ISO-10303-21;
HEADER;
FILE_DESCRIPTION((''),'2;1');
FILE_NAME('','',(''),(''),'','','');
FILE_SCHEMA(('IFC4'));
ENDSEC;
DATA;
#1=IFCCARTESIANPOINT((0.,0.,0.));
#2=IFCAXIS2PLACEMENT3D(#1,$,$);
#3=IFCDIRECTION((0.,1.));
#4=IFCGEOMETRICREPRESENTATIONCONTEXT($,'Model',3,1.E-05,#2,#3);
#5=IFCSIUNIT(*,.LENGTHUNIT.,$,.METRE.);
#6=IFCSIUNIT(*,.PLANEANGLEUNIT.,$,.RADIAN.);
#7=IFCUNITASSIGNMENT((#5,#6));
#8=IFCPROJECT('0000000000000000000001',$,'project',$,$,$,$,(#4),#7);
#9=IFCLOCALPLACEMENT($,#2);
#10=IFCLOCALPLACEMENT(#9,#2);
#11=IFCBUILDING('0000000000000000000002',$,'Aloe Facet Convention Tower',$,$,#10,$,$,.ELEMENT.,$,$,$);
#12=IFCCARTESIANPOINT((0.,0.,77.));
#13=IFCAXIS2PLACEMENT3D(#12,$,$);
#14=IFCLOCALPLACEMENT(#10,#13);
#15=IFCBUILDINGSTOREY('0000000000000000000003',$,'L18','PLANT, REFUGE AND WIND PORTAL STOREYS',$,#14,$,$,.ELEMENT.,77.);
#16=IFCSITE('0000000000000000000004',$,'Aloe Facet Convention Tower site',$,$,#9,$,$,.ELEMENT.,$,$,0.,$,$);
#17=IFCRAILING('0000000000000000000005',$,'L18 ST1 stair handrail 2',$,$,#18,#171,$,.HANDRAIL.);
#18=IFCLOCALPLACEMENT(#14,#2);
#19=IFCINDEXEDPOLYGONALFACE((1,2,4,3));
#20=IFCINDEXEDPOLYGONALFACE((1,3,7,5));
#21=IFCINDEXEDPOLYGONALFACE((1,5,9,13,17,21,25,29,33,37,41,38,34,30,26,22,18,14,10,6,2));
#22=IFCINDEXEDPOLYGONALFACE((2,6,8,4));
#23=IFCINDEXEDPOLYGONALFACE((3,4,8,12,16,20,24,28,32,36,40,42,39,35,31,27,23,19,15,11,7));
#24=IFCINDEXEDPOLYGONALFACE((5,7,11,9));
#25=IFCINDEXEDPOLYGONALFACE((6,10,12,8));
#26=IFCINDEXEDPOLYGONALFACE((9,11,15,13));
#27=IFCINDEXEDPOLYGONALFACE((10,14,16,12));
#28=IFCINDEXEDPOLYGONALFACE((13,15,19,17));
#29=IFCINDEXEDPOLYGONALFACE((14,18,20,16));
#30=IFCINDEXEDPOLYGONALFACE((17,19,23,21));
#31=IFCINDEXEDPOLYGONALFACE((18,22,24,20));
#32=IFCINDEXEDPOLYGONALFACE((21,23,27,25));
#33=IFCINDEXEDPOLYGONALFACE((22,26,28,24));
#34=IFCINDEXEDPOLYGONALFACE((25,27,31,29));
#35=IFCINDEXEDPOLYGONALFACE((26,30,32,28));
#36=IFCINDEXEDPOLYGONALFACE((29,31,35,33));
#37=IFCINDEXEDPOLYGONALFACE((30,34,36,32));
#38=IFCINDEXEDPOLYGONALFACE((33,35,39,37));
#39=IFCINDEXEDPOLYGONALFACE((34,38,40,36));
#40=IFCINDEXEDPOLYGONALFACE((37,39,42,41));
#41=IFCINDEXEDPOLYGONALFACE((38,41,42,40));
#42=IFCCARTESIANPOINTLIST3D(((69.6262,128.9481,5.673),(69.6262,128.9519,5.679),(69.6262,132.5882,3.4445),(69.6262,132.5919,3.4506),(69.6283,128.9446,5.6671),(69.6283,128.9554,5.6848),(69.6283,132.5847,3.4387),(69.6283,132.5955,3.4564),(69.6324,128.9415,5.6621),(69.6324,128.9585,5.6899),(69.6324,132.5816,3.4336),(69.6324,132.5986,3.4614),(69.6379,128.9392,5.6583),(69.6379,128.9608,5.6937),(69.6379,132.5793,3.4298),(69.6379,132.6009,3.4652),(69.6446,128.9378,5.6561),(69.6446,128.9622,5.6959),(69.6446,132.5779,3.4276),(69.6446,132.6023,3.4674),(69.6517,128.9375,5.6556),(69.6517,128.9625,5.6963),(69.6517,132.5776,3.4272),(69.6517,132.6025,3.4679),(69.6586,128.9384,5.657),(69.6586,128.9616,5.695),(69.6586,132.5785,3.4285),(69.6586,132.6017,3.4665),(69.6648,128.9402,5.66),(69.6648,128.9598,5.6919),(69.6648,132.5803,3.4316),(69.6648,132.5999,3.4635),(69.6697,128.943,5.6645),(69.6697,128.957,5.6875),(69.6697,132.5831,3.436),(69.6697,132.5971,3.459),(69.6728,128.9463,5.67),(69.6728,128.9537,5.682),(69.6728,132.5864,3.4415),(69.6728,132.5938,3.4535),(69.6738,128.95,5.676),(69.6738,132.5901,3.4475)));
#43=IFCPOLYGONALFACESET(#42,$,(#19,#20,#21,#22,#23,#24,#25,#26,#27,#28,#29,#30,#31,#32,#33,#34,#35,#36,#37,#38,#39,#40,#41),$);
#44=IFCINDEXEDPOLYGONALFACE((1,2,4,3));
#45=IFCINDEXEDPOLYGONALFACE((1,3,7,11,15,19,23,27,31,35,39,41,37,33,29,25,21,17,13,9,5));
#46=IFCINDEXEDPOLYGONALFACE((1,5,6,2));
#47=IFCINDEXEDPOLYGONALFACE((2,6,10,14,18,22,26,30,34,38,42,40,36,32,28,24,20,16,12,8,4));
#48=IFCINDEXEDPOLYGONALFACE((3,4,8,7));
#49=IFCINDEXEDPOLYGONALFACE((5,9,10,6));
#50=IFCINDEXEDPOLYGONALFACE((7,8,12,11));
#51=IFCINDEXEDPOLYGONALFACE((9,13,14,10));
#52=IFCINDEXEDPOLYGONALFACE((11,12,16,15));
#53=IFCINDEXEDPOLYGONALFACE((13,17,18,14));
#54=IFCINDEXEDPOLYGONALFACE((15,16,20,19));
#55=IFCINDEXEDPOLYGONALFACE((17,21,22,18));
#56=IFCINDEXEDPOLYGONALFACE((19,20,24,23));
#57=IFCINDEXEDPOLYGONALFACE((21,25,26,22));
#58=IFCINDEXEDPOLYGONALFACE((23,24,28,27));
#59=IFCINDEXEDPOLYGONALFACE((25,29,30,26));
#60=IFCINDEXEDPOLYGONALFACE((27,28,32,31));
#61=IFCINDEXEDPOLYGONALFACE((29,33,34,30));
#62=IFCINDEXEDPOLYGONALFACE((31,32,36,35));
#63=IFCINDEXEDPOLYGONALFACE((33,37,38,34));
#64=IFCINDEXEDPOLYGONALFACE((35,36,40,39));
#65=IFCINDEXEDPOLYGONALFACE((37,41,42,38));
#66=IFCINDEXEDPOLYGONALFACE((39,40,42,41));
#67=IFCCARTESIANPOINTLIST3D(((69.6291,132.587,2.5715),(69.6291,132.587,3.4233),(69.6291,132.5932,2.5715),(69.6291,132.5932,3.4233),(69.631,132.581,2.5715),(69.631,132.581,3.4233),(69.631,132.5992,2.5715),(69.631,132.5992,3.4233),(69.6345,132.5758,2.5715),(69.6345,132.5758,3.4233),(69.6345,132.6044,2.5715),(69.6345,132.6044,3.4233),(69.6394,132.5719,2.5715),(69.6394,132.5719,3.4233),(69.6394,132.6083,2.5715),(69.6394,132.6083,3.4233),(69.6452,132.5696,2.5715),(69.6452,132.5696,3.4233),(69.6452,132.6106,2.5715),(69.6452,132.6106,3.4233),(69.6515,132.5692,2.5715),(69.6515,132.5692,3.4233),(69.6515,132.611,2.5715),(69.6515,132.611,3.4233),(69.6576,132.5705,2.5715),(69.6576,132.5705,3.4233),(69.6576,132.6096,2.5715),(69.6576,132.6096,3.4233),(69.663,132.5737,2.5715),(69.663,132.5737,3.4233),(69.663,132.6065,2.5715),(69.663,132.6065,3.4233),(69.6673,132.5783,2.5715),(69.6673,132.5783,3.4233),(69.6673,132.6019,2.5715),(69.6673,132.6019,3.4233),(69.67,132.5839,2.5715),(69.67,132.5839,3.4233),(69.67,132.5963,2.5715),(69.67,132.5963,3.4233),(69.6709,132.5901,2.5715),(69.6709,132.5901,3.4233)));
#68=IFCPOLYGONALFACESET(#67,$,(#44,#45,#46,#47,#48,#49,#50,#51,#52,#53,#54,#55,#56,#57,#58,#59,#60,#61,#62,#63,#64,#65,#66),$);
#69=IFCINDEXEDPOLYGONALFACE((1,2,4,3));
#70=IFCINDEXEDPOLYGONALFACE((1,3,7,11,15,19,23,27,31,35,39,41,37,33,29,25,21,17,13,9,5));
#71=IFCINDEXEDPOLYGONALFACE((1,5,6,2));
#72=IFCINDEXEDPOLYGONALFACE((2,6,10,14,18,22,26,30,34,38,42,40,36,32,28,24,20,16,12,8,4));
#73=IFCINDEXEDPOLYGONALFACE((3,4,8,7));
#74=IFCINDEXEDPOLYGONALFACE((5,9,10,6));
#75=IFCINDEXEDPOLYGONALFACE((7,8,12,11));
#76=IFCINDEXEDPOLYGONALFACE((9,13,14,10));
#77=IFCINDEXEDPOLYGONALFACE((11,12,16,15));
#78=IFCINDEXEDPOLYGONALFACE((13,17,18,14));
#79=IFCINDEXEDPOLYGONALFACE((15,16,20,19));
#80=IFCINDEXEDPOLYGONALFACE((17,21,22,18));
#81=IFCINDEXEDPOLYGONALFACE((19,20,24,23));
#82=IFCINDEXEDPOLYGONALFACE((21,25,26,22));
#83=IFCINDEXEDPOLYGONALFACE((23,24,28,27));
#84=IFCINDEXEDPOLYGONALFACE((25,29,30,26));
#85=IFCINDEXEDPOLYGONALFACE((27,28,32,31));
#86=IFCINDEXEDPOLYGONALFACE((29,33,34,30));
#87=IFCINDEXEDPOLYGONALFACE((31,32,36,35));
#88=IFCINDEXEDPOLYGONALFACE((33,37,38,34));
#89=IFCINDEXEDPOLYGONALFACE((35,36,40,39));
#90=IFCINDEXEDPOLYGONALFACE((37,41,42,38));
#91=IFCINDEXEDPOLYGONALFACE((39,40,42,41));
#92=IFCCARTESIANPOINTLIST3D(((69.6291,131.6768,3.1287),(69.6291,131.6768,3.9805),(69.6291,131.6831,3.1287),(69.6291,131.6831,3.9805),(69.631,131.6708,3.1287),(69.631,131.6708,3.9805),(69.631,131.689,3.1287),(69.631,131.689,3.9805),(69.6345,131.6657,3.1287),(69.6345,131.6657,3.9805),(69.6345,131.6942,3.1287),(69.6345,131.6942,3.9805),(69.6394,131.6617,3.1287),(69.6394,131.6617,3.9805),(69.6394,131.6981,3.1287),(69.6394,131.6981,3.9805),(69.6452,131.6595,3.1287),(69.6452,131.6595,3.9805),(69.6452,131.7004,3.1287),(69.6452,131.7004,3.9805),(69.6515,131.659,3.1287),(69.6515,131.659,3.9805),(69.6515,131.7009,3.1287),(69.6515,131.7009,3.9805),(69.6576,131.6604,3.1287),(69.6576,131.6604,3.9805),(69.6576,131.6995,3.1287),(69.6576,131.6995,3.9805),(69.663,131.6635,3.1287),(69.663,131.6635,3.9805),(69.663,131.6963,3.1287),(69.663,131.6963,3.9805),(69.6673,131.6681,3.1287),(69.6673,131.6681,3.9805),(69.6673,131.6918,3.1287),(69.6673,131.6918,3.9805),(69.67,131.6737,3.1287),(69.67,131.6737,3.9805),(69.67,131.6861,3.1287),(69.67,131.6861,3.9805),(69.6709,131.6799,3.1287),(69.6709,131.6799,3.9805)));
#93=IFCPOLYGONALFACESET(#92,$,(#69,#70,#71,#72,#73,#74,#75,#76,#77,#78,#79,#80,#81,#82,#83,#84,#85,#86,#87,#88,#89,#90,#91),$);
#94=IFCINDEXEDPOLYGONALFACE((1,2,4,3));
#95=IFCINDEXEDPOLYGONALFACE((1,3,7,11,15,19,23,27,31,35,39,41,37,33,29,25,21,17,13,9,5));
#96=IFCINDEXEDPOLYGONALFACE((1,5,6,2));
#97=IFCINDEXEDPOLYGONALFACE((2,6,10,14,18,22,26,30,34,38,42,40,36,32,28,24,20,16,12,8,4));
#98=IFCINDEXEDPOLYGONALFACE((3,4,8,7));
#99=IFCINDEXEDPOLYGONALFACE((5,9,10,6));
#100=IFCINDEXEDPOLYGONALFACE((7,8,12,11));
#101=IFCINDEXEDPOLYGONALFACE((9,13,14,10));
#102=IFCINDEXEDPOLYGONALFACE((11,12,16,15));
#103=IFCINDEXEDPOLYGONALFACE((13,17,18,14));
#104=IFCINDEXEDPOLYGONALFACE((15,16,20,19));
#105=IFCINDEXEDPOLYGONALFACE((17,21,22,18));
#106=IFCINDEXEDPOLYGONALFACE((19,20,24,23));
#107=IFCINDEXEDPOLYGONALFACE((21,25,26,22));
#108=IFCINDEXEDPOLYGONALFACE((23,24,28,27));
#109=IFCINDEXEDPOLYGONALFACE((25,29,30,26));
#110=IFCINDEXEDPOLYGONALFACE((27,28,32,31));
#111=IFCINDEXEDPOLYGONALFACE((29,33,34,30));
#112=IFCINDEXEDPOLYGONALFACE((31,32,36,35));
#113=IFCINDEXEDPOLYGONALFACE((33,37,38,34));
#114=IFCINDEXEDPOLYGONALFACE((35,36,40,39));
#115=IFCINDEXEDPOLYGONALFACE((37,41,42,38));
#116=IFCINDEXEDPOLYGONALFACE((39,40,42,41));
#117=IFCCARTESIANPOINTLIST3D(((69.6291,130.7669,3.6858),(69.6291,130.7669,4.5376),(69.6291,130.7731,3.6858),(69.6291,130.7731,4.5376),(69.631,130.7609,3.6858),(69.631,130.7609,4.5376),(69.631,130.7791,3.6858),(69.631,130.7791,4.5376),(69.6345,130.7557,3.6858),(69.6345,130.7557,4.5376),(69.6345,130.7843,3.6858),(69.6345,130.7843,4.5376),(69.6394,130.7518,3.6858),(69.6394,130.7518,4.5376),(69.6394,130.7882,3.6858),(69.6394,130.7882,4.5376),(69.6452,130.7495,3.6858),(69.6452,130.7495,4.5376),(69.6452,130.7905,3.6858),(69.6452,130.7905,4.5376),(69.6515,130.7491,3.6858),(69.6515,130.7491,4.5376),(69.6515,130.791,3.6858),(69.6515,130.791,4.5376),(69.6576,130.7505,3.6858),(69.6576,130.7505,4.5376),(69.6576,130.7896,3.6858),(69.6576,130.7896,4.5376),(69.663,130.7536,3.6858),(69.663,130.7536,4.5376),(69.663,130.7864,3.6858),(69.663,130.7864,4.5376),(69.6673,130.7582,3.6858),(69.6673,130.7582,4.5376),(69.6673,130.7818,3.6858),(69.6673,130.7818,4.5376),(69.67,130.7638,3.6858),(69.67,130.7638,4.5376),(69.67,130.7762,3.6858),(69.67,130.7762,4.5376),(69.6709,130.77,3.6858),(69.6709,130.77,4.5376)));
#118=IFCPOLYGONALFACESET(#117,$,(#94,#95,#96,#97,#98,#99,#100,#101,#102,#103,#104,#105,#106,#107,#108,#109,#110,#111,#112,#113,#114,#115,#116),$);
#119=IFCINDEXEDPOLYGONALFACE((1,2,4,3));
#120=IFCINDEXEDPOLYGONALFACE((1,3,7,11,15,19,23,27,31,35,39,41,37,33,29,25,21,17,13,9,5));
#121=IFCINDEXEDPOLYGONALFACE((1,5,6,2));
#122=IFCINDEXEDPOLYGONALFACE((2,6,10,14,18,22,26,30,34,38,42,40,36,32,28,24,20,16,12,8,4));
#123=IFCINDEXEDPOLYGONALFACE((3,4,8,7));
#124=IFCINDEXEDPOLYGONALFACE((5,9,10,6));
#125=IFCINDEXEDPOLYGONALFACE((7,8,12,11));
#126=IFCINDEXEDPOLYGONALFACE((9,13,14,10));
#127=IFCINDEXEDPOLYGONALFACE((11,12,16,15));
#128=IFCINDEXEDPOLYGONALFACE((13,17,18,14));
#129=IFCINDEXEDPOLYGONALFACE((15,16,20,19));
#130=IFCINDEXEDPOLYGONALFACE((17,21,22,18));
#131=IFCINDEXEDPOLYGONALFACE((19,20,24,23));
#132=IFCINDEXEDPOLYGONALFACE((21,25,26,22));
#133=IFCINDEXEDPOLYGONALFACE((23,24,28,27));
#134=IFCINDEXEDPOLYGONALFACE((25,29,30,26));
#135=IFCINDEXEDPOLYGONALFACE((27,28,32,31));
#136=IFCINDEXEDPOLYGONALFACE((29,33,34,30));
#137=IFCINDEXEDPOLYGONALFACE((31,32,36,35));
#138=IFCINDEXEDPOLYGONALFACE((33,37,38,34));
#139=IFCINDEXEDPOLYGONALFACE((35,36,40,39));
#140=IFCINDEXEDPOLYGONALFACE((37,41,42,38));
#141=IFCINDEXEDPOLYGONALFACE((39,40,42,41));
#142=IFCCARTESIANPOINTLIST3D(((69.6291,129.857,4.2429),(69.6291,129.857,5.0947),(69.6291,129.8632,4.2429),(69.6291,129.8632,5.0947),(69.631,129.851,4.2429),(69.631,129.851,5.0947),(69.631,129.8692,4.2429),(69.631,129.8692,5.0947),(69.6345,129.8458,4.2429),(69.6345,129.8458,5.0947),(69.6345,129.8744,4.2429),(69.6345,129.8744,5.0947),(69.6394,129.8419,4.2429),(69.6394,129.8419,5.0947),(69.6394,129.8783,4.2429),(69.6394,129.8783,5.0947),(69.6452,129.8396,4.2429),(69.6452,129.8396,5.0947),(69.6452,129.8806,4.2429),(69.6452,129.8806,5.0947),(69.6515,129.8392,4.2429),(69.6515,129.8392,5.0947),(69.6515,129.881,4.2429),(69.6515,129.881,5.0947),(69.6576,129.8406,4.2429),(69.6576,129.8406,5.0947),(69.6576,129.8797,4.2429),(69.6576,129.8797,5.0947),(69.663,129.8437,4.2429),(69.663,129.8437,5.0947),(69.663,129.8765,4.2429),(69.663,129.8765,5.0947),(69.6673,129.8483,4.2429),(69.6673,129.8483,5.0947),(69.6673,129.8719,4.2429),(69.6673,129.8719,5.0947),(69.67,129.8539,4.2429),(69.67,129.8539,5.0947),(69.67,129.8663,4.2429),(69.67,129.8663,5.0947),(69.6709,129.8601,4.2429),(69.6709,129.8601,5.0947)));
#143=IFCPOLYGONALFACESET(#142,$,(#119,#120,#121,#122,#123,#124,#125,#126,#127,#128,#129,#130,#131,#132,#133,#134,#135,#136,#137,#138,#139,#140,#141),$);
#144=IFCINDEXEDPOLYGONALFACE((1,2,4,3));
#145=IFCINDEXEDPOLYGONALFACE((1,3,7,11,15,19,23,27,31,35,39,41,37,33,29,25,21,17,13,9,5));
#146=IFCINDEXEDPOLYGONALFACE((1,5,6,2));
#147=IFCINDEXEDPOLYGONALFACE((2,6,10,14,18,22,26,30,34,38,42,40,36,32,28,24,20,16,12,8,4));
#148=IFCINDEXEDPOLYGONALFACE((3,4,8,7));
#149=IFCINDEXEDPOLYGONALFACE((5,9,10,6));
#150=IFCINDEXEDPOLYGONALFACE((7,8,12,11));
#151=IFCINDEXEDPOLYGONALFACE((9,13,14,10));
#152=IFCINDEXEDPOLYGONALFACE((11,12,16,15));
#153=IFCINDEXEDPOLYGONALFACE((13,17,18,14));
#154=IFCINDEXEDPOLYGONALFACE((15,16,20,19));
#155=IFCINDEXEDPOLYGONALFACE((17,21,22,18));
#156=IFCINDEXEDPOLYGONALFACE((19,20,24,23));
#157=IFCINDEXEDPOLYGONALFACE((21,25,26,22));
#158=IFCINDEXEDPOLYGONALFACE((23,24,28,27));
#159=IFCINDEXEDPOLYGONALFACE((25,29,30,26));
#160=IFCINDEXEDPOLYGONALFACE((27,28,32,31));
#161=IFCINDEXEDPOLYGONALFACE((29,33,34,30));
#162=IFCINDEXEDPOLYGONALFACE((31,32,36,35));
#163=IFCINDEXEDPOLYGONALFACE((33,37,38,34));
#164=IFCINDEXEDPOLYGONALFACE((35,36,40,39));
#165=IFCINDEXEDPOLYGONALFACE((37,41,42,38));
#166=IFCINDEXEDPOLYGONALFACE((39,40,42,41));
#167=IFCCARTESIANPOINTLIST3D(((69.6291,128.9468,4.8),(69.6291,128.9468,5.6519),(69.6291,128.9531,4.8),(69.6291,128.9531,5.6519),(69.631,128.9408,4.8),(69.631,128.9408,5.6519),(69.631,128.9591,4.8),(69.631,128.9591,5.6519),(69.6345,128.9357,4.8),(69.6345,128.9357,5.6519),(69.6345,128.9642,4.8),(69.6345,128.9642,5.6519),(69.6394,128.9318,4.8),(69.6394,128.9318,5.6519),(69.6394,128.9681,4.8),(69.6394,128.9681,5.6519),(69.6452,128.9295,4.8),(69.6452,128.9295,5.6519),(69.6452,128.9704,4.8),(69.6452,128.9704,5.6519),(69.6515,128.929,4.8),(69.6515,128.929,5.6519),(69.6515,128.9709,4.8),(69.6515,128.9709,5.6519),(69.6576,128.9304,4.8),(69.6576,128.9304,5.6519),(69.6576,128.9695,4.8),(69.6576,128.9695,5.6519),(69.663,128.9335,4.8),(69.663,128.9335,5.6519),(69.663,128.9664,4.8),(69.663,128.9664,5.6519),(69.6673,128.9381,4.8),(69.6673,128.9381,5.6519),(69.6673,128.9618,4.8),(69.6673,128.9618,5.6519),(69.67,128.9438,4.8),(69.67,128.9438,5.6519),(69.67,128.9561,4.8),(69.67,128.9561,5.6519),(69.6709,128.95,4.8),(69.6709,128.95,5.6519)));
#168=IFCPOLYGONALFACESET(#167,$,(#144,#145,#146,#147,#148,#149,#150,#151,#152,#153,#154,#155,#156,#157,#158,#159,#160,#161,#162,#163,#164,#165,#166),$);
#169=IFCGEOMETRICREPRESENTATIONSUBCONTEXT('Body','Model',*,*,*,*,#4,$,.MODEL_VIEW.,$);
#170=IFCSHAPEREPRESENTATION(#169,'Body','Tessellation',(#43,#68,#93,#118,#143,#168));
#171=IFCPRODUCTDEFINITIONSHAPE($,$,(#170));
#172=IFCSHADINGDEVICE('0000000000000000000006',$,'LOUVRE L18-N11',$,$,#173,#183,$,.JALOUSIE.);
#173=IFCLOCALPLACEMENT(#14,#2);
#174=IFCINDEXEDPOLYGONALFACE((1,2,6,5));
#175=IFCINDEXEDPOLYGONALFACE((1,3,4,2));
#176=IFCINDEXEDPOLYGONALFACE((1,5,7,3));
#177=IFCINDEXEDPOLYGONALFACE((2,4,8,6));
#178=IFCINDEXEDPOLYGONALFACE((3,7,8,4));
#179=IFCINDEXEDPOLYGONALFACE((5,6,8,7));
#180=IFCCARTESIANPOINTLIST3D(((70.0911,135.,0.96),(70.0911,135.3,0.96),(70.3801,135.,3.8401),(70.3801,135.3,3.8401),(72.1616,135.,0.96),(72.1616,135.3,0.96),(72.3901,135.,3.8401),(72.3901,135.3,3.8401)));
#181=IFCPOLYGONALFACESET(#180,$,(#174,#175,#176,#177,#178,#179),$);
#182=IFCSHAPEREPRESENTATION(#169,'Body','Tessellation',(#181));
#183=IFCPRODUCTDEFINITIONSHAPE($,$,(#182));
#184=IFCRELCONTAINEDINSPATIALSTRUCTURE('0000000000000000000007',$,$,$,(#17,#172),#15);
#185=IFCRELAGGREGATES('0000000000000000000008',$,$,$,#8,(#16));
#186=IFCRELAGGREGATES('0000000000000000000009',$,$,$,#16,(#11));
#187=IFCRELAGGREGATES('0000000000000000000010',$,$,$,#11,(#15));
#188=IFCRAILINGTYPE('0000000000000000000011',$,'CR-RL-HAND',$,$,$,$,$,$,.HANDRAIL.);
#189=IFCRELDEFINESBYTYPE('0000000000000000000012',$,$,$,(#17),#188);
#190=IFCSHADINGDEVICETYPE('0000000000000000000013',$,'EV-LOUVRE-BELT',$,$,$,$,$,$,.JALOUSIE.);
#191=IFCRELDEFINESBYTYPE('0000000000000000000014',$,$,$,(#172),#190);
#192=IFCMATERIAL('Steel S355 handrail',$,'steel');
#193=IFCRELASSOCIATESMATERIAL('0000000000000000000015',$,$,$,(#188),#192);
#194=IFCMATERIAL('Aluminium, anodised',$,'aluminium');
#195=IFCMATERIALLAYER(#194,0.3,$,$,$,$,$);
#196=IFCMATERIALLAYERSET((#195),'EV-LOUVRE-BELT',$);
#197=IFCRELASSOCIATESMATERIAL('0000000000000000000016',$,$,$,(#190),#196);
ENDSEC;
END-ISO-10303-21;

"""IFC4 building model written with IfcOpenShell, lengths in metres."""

from ifc_helpers import new_model, si_unit, direction, frame, origin, origin_2d, place, context, subcontext, project, spatial, polyline, circle, outline, extrude, material, layer, layer_set, type_object, element, save


model = new_model("IFC4")

# Units and contexts
model_context = context("Model", 3, precision=1e-05, world=origin(), true_north=direction((0.0, 1.0)))
body_context = subcontext(model_context, "Body", "Model", "MODEL_VIEW")
ifc_project = project(units=[si_unit("LENGTHUNIT", "METRE"), si_unit("PLANEANGLEUNIT", "RADIAN")], contexts=[model_context])

# Site, building, storey
site_placement = place(None, origin())
site = spatial("IfcSite", under=ifc_project, at=site_placement, Name="Aloe Facet Convention Tower site", CompositionType="ELEMENT", RefElevation=0.0)
building_placement = place(site_placement, origin())
building = spatial("IfcBuilding", under=site, at=building_placement, Name="Aloe Facet Convention Tower", CompositionType="ELEMENT")
storey_placement = place(building_placement, frame((0.0, 0.0, 77.0)))
storey = spatial("IfcBuildingStorey", under=building, at=storey_placement, Name="L18", Description="PLANT, REFUGE AND WIND PORTAL STOREYS", CompositionType="ELEMENT", Elevation=77.0)

# Railing
ifc_material_1 = material(Name="Steel S355 handrail", Category="steel")
railing_type_1 = type_object("IfcRailingType", Name="CR-RL-HAND", PredefinedType="HANDRAIL", material=ifc_material_1)
railing_1_placement = place(storey_placement, frame((69.6499, 132.5901, 2.5715)))
element("IfcRailing", 1, at=railing_1_placement, inside=storey, type_object=railing_type_1, Name="L18 ST1 stair handrail 2", PredefinedType="HANDRAIL", context=body_context, shape_type="SweptSolid", body=[
    extrude(circle(Radius=0.0239, at=origin_2d()), frame((0.0, 0.0, 0.876), z_axis=(0.0, -0.852866, 0.52213), x_axis=(1.0, 0.0, 0.0)), (0.0, 0.0, 1.0), 4.2681),
    extrude(circle(Radius=0.021, at=origin_2d()), origin(), (0.0, 0.0, 1.0), 0.8518),
    extrude(circle(Radius=0.021, at=origin_2d()), frame((0.0, -0.9102, 0.5571)), (0.0, 0.0, 1.0), 0.8518),
    extrude(circle(Radius=0.021, at=origin_2d()), frame((0.0, -1.8201, 1.1143)), (0.0, 0.0, 1.0), 0.8518),
    extrude(circle(Radius=0.021, at=origin_2d()), frame((0.0, -2.73, 1.6714)), (0.0, 0.0, 1.0), 0.8518),
    extrude(circle(Radius=0.021, at=origin_2d()), frame((0.0, -3.6401, 2.2285)), (0.0, 0.0, 1.0), 0.8518),
])

# Shading device
ifc_material_2 = material(Name="Aluminium, anodised", Category="aluminium")
ifc_layer_1 = layer(ifc_material_2, 0.3)
ifc_layer_set_1 = layer_set([ifc_layer_1], Name="EV-LOUVRE-BELT")
shading_device_type = type_object("IfcShadingDeviceType", Name="EV-LOUVRE-BELT", PredefinedType="JALOUSIE", material=ifc_layer_set_1)
shading_device_placement = place(storey_placement, frame((72.1616, 135.3, 0.96), z_axis=(0.0, 1.0, 0.0), x_axis=(-1.0, 0.0, 0.0)))
element("IfcShadingDevice", 2, at=shading_device_placement, inside=storey, type_object=shading_device_type, Name="LOUVRE L18-N11", PredefinedType="JALOUSIE", context=body_context, shape_type="SweptSolid", body=[
    extrude(outline(polyline([(0.0, 0.0), (2.0706, 0.0), (1.7815, 2.8801), (-0.2285, 2.8801), (0.0, 0.0)])), origin(), (0.0, 0.0, -1.0), 0.3),
])

save(model, "model.ifc")
